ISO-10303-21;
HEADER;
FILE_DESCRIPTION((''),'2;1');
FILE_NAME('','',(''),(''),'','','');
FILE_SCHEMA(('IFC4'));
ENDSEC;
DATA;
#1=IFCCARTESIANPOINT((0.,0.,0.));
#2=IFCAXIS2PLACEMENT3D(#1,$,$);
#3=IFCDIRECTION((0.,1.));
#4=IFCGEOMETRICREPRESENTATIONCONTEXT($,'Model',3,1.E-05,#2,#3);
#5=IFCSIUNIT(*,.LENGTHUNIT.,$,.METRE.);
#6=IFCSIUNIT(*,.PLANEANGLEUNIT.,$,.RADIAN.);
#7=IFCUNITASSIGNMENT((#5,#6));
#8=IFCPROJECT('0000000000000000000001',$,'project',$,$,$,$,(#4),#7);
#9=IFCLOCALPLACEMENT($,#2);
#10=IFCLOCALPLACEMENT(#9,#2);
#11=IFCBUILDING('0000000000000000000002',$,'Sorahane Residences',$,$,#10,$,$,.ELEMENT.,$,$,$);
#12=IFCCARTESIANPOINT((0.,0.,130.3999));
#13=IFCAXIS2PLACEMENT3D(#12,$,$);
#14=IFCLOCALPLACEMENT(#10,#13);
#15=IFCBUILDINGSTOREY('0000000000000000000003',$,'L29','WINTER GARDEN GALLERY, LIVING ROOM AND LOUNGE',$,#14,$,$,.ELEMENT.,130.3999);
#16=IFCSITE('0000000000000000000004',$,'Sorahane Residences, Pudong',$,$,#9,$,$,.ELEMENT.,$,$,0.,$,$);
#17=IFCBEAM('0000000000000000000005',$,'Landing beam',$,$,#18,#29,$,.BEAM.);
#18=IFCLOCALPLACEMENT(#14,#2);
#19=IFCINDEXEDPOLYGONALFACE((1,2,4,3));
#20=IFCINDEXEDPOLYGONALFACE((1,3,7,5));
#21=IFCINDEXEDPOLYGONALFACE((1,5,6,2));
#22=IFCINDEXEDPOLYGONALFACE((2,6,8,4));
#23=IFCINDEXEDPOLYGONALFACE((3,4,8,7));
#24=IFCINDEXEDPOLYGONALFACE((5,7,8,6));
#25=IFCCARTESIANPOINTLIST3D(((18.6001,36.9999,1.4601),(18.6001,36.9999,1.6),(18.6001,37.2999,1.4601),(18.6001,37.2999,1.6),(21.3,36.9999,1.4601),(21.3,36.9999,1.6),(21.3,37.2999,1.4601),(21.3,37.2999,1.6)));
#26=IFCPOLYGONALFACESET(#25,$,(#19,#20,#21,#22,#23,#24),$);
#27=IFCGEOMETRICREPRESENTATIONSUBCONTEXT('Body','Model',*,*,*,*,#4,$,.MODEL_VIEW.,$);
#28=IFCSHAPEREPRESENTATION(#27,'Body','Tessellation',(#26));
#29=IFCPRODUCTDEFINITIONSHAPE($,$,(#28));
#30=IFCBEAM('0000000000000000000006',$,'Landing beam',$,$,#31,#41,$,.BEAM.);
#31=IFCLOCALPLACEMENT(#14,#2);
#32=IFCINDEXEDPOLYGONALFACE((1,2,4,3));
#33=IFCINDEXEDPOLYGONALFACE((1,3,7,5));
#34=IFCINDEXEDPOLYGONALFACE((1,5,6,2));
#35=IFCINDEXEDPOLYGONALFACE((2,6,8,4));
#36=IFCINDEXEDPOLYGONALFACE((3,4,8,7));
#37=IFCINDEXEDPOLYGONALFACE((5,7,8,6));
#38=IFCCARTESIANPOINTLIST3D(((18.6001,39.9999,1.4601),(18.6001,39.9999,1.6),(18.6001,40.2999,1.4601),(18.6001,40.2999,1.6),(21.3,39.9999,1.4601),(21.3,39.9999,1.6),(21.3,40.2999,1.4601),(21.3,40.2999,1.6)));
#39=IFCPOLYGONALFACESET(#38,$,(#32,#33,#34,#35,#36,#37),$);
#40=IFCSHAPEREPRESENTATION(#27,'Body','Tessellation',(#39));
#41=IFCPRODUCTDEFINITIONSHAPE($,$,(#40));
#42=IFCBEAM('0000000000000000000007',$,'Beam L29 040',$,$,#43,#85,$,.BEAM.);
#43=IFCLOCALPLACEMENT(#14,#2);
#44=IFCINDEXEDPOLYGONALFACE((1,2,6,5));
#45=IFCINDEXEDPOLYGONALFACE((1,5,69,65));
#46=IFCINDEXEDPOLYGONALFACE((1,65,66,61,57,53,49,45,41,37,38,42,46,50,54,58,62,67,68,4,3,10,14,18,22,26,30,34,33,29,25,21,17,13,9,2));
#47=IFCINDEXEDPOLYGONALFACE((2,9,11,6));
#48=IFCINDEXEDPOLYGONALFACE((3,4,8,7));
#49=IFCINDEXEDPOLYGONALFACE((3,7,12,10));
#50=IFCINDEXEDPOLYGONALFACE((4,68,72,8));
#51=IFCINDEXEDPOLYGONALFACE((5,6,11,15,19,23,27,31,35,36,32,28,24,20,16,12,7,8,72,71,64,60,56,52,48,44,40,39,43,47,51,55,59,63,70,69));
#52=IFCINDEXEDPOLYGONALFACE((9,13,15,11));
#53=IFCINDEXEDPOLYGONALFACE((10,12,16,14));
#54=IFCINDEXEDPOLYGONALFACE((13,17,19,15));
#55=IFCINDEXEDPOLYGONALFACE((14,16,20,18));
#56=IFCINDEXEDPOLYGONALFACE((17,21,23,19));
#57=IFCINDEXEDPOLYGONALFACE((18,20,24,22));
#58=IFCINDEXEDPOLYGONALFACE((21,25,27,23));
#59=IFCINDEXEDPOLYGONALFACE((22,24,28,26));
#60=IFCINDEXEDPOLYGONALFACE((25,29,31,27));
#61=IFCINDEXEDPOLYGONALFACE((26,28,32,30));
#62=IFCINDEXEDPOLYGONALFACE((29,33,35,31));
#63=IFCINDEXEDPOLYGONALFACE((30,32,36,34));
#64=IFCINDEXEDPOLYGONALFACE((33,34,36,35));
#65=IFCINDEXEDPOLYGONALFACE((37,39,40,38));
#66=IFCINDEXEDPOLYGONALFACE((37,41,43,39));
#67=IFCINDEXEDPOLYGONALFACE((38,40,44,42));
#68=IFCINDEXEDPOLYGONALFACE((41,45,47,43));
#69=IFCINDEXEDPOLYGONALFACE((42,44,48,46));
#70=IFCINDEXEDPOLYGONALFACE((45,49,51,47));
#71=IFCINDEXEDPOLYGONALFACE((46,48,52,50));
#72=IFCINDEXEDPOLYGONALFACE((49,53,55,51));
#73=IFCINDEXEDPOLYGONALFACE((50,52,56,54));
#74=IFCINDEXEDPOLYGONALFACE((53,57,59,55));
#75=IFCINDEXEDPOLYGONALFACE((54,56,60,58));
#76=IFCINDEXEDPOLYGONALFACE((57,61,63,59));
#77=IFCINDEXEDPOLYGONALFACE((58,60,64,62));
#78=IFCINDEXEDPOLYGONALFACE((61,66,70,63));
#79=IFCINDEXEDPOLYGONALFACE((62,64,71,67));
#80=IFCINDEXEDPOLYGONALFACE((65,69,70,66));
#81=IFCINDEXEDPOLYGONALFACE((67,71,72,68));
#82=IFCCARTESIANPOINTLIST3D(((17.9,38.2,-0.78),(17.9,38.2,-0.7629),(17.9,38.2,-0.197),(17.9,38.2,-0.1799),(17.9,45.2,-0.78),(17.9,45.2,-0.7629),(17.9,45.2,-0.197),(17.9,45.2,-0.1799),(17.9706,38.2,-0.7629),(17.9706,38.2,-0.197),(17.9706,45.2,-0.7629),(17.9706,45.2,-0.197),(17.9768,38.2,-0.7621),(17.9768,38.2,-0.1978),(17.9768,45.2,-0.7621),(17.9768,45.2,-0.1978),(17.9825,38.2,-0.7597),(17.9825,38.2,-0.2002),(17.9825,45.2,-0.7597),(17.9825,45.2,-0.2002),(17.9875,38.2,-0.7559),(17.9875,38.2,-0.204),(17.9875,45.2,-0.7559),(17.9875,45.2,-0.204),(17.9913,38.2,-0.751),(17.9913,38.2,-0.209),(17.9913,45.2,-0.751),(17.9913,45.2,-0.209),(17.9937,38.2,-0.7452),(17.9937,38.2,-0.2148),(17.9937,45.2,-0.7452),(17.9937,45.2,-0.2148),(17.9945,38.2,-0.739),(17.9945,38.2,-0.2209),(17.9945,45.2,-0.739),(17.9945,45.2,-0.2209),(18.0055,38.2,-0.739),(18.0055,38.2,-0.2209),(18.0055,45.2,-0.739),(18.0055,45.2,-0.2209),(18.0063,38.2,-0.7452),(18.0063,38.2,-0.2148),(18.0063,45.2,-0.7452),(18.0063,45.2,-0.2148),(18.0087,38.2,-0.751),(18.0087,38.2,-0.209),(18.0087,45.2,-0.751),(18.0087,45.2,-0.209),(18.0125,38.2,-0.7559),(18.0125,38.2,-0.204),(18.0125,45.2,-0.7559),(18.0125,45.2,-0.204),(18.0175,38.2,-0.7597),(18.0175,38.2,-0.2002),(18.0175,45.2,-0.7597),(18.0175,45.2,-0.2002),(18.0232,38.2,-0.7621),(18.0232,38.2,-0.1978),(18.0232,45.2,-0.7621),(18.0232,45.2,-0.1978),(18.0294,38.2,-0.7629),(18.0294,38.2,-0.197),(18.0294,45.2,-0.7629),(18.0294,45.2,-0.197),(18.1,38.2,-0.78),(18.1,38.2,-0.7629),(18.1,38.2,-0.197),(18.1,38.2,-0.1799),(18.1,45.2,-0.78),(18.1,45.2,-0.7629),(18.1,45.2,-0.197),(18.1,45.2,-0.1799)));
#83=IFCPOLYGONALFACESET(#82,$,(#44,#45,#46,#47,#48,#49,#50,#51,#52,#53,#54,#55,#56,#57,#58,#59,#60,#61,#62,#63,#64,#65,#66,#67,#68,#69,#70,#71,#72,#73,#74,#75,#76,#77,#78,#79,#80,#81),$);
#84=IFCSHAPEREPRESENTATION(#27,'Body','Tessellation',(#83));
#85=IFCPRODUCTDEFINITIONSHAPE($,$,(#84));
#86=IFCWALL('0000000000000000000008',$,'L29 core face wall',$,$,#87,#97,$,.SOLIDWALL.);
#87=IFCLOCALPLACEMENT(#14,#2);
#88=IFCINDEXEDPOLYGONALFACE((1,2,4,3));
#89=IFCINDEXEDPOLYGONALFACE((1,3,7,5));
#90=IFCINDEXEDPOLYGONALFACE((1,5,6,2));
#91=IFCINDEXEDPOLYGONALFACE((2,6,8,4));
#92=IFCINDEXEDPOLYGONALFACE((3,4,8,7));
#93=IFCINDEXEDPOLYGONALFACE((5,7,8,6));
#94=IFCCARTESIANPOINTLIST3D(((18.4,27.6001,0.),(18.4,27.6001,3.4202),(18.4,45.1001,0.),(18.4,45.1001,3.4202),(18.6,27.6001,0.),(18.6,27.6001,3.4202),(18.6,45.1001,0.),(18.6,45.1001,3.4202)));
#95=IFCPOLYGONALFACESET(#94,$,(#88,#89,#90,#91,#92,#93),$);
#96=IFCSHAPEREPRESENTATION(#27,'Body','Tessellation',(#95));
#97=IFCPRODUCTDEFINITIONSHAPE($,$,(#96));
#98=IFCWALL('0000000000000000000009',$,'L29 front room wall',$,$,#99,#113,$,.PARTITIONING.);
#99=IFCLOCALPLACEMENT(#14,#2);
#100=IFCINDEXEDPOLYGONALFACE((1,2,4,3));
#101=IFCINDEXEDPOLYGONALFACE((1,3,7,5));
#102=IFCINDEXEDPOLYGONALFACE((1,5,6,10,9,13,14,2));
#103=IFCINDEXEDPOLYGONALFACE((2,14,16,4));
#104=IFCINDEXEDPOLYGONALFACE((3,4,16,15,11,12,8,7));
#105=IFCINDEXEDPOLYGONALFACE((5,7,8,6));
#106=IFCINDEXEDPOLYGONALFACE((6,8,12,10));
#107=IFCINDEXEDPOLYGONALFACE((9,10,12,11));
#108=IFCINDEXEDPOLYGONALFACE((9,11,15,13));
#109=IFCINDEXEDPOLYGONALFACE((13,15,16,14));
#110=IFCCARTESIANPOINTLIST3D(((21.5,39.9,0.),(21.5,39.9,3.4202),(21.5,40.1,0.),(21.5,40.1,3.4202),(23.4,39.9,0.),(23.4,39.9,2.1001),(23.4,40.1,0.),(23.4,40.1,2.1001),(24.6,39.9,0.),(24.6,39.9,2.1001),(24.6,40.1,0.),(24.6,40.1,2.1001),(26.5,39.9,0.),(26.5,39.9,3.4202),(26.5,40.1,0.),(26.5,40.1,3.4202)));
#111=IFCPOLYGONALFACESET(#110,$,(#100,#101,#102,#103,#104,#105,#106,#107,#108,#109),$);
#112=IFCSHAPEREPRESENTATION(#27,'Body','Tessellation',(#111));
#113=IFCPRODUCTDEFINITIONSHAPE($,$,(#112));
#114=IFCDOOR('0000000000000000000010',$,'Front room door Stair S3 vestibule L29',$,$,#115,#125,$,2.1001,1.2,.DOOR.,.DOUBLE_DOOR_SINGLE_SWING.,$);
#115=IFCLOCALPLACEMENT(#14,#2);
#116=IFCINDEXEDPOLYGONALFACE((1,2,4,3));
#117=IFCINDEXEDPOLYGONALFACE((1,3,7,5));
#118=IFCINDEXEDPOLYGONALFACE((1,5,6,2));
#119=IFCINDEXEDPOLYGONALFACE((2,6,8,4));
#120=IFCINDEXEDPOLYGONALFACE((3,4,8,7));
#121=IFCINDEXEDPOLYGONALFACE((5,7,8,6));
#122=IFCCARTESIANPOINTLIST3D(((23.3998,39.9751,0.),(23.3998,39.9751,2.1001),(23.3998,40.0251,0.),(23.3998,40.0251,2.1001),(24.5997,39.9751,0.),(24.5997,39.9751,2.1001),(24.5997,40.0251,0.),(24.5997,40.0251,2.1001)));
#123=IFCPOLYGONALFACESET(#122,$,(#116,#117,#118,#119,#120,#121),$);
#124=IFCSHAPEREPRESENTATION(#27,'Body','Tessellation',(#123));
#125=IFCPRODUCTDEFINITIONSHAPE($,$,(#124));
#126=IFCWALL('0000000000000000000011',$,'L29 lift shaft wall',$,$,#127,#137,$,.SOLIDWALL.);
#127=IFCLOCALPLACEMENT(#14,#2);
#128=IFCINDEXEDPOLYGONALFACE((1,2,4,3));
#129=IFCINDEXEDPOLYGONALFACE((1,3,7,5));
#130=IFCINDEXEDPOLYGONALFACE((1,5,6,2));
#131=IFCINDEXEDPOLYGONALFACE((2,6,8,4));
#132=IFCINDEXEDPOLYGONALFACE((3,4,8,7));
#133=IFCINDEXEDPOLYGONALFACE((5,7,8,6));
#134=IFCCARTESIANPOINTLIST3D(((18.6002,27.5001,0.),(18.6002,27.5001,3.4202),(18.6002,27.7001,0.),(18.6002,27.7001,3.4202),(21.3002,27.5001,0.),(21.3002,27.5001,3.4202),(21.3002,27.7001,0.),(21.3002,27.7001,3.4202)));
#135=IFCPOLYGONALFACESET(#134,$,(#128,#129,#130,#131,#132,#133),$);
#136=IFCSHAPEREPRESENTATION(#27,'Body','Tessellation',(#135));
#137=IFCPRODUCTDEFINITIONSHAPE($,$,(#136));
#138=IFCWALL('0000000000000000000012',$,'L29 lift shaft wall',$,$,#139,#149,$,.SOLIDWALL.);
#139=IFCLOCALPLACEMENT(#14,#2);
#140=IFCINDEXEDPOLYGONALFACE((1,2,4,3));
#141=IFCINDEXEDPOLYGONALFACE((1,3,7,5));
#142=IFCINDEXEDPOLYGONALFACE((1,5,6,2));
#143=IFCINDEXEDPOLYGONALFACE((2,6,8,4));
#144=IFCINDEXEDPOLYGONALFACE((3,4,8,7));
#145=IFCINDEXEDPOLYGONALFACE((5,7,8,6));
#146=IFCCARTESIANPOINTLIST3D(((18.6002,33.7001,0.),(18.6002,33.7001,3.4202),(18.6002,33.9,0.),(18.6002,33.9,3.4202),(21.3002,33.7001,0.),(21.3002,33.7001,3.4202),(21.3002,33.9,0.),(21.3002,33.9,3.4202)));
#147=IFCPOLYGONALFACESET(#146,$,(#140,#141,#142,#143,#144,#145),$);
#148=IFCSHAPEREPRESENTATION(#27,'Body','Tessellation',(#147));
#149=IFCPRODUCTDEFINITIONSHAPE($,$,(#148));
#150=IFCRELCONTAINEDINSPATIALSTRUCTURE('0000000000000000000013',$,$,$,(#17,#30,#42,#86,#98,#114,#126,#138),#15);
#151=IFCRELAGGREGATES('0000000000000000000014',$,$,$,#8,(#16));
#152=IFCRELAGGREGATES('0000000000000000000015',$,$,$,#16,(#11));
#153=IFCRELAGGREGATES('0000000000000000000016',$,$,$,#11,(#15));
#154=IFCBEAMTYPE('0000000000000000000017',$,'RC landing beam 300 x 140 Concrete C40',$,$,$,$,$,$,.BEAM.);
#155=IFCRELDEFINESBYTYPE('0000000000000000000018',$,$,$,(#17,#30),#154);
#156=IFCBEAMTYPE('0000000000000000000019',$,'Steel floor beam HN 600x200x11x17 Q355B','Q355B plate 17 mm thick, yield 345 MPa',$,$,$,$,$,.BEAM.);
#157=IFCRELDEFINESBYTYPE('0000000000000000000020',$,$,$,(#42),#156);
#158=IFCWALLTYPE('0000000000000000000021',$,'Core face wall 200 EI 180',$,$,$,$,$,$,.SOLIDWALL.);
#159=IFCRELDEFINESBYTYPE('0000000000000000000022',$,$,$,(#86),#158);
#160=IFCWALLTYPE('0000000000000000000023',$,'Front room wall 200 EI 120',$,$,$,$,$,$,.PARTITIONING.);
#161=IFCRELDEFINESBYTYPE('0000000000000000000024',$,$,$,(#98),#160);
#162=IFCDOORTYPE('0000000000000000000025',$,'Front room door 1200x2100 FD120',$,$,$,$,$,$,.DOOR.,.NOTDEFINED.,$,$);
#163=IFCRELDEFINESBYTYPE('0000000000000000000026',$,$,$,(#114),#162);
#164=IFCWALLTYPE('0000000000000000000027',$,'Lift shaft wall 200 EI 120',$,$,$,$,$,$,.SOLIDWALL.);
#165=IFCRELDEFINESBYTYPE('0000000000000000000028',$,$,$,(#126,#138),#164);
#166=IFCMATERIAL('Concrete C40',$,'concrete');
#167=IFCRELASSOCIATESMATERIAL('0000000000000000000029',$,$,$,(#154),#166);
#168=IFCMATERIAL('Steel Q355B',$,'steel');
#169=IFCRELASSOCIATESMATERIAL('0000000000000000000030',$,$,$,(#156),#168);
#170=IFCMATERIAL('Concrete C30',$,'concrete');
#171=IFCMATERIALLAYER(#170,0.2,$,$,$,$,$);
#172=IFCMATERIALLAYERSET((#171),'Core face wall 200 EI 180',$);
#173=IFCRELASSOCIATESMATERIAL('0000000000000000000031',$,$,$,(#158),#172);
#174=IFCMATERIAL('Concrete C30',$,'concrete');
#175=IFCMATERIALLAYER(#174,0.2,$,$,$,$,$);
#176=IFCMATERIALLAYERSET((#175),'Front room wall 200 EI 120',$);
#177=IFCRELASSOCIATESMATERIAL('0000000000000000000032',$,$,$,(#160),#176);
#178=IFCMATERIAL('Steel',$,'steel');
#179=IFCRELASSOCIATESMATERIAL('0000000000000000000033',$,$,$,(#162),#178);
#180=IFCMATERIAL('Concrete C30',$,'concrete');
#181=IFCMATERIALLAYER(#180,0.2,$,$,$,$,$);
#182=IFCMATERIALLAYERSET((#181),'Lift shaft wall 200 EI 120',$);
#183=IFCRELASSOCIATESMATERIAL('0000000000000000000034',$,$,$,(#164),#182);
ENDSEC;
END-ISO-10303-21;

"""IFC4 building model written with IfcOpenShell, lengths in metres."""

from ifc_helpers import new_model, si_unit, direction, frame, frame_2d, origin, origin_2d, place, context, subcontext, project, spatial, rectangle, i_section, extrude, material, layer, layer_set, material_profile, profile_set, type_object, element, fill, save


model = new_model("IFC4")

# Units and contexts
model_context = context("Model", 3, precision=1e-05, world=origin(), true_north=direction((0.0, 1.0)))
body_context = subcontext(model_context, "Body", "Model", "MODEL_VIEW")
ifc_project = project(units=[si_unit("LENGTHUNIT", "METRE"), si_unit("PLANEANGLEUNIT", "RADIAN")], contexts=[model_context])

# Site, building, storey
site_placement = place(None, origin())
site = spatial("IfcSite", under=ifc_project, at=site_placement, Name="Sorahane Residences, Pudong", CompositionType="ELEMENT", RefElevation=0.0)
building_placement = place(site_placement, origin())
building = spatial("IfcBuilding", under=site, at=building_placement, Name="Sorahane Residences", CompositionType="ELEMENT")
storey_placement = place(building_placement, frame((0.0, 0.0, 130.3999)))
storey = spatial("IfcBuildingStorey", under=building, at=storey_placement, Name="L29", Description="WINTER GARDEN GALLERY, LIVING ROOM AND LOUNGE", CompositionType="ELEMENT", Elevation=130.3999)

# Beams
ifc_material_1 = material(Name="Concrete C40", Category="concrete")
ifc_material_profile_1 = material_profile(ifc_material_1, rectangle(XDim=0.3, YDim=0.1399, at=origin_2d()), Name="300x140")
ifc_profile_set_1 = profile_set([ifc_material_profile_1], Name="Concrete C40")
beam_type_1 = type_object("IfcBeamType", Name="RC landing beam 300 x 140 Concrete C40", PredefinedType="BEAM", material=ifc_profile_set_1)
for number, where, z_axis, x_axis, name in (
    (1, (18.6001, 37.1499, 1.53), (1.0, 0.0, 0.0), (0.0, 1.0, 0.0), "Landing beam"),
    (2, (18.6001, 40.1499, 1.53), (1.0, 0.0, 0.0), (0.0, 1.0, 0.0), "Landing beam"),
):
    element("IfcBeam", number, at=place(storey_placement, frame(where, z_axis=z_axis, x_axis=x_axis)), inside=storey, type_object=beam_type_1, Name=name, PredefinedType="BEAM", context=body_context, shape_type="SweptSolid", body=[
        extrude(rectangle(XDim=0.3, YDim=0.1399, at=origin_2d()), origin(), (0.0, 0.0, 1.0), 2.7),
    ])
ifc_material_2 = material(Name="Steel Q355B", Category="steel")
ifc_material_profile_2 = material_profile(ifc_material_2, i_section(OverallWidth=0.2, OverallDepth=0.6001, WebThickness=0.011, FlangeThickness=0.0171, FilletRadius=0.0239, at=origin_2d()), Name="HN 600x200x11x17")
ifc_profile_set_2 = profile_set([ifc_material_profile_2], Name="Steel Q355B")
beam_type_2 = type_object("IfcBeamType", Name="Steel floor beam HN 600x200x11x17 Q355B", Description="Q355B plate 17 mm thick, yield 345 MPa", PredefinedType="BEAM", material=ifc_profile_set_2)
beam_placement = place(storey_placement, frame((18.0, 38.2, -0.48), z_axis=(0.0, 1.0, 0.0), x_axis=(-1.0, 0.0, 0.0)))
element("IfcBeam", 3, at=beam_placement, inside=storey, type_object=beam_type_2, Name="Beam L29 040", PredefinedType="BEAM", context=body_context, shape_type="SweptSolid", body=[
    extrude(i_section(OverallWidth=0.2, OverallDepth=0.6001, WebThickness=0.011, FlangeThickness=0.0171, FilletRadius=0.0239, at=origin_2d()), origin(), (0.0, 0.0, 1.0), 7.0),
])

# Wall
ifc_material_3 = material(Name="Concrete C30", Category="concrete")
ifc_layer_1 = layer(ifc_material_3, 0.2)
ifc_layer_set_1 = layer_set([ifc_layer_1], Name="Core face wall 200 EI 180")
wall_type_1 = type_object("IfcWallType", Name="Core face wall 200 EI 180", PredefinedType="SOLIDWALL", material=ifc_layer_set_1)
wall_1_placement = place(storey_placement, frame((18.5, 27.6001, 0.0), z_axis=(0.0, 0.0, 1.0), x_axis=(0.0, 1.0, 0.0)))
element("IfcWall", 4, at=wall_1_placement, inside=storey, type_object=wall_type_1, Name="L29 core face wall", PredefinedType="SOLIDWALL", context=body_context, shape_type="SweptSolid", body=[
    extrude(rectangle(XDim=17.5, YDim=0.2, at=frame_2d((8.75, 0.0))), origin(), (0.0, 0.0, 1.0), 3.4202),
])

# Wall, opening, door
ifc_material_4 = material(Name="Concrete C30", Category="concrete")
ifc_layer_2 = layer(ifc_material_4, 0.2)
ifc_layer_set_2 = layer_set([ifc_layer_2], Name="Front room wall 200 EI 120")
wall_type_2 = type_object("IfcWallType", Name="Front room wall 200 EI 120", PredefinedType="PARTITIONING", material=ifc_layer_set_2)
wall_2_placement = place(storey_placement, frame((21.5, 40.0, 0.0), z_axis=(0.0, 0.0, 1.0), x_axis=(1.0, 0.0, 0.0)))
wall_2 = element("IfcWall", 5, at=wall_2_placement, inside=storey, type_object=wall_type_2, Name="L29 front room wall", PredefinedType="PARTITIONING", context=body_context, shape_type="SweptSolid", body=[
    extrude(rectangle(XDim=5.0, YDim=0.2, at=frame_2d((2.5, 0.0))), origin(), (0.0, 0.0, 1.0), 3.4202),
])
opening_1_placement = place(wall_2_placement, frame((1.8999, 0.0, 0.0)))
opening_1 = element("IfcOpeningElement", 6, at=opening_1_placement, cuts=wall_2, PredefinedType="OPENING", context=body_context, shape_type="SweptSolid", body=[
    extrude(rectangle(XDim=1.2, YDim=2.1001, at=frame_2d((0.6001, 1.05))), frame((0.0, 0.1099, 0.0), z_axis=(0.0, -1.0, 0.0), x_axis=(1.0, 0.0, 0.0)), (0.0, 0.0, 1.0), 0.22),
])
ifc_material_5 = material(Name="Steel", Category="steel")
door_type_1 = type_object("IfcDoorType", Name="Front room door 1200x2100 FD120", OperationType="NOTDEFINED", PredefinedType="DOOR", material=ifc_material_5)
door_1_placement = place(opening_1_placement, frame((1.2, 0.0, 0.0), z_axis=(0.0, 0.0, 1.0), x_axis=(-1.0, 0.0, 0.0)))
door_1 = element("IfcDoor", 7, at=door_1_placement, inside=storey, type_object=door_type_1, Name="Front room door Stair S3 vestibule L29", OperationType="DOUBLE_DOOR_SINGLE_SWING", OverallHeight=2.1001, OverallWidth=1.2, PredefinedType="DOOR", context=body_context, shape_type="SweptSolid", body=[
    extrude(rectangle(XDim=1.2, YDim=2.1001, at=frame_2d((0.6001, 1.05))), frame((0.0, 0.0249, 0.0), z_axis=(0.0, -1.0, 0.0), x_axis=(1.0, 0.0, 0.0)), (0.0, 0.0, 1.0), 0.05),
])
fill(opening_1, door_1)

# Walls
ifc_material_6 = material(Name="Concrete C30", Category="concrete")
ifc_layer_3 = layer(ifc_material_6, 0.2)
ifc_layer_set_3 = layer_set([ifc_layer_3], Name="Lift shaft wall 200 EI 120")
wall_type_3 = type_object("IfcWallType", Name="Lift shaft wall 200 EI 120", PredefinedType="SOLIDWALL", material=ifc_layer_set_3)
for number, where, z_axis, x_axis, name in (
    (8, (18.6001, 27.6001, 0.0), (0.0, 0.0, 1.0), (1.0, 0.0, 0.0), "L29 lift shaft wall"),
    (9, (18.6001, 33.8, 0.0), (0.0, 0.0, 1.0), (1.0, 0.0, 0.0), "L29 lift shaft wall"),
):
    element("IfcWall", number, at=place(storey_placement, frame(where, z_axis=z_axis, x_axis=x_axis)), inside=storey, type_object=wall_type_3, Name=name, PredefinedType="SOLIDWALL", context=body_context, shape_type="SweptSolid", body=[
        extrude(rectangle(XDim=2.7, YDim=0.2, at=frame_2d((1.3501, 0.0))), origin(), (0.0, 0.0, 1.0), 3.4202),
    ])

save(model, "model.ifc")
